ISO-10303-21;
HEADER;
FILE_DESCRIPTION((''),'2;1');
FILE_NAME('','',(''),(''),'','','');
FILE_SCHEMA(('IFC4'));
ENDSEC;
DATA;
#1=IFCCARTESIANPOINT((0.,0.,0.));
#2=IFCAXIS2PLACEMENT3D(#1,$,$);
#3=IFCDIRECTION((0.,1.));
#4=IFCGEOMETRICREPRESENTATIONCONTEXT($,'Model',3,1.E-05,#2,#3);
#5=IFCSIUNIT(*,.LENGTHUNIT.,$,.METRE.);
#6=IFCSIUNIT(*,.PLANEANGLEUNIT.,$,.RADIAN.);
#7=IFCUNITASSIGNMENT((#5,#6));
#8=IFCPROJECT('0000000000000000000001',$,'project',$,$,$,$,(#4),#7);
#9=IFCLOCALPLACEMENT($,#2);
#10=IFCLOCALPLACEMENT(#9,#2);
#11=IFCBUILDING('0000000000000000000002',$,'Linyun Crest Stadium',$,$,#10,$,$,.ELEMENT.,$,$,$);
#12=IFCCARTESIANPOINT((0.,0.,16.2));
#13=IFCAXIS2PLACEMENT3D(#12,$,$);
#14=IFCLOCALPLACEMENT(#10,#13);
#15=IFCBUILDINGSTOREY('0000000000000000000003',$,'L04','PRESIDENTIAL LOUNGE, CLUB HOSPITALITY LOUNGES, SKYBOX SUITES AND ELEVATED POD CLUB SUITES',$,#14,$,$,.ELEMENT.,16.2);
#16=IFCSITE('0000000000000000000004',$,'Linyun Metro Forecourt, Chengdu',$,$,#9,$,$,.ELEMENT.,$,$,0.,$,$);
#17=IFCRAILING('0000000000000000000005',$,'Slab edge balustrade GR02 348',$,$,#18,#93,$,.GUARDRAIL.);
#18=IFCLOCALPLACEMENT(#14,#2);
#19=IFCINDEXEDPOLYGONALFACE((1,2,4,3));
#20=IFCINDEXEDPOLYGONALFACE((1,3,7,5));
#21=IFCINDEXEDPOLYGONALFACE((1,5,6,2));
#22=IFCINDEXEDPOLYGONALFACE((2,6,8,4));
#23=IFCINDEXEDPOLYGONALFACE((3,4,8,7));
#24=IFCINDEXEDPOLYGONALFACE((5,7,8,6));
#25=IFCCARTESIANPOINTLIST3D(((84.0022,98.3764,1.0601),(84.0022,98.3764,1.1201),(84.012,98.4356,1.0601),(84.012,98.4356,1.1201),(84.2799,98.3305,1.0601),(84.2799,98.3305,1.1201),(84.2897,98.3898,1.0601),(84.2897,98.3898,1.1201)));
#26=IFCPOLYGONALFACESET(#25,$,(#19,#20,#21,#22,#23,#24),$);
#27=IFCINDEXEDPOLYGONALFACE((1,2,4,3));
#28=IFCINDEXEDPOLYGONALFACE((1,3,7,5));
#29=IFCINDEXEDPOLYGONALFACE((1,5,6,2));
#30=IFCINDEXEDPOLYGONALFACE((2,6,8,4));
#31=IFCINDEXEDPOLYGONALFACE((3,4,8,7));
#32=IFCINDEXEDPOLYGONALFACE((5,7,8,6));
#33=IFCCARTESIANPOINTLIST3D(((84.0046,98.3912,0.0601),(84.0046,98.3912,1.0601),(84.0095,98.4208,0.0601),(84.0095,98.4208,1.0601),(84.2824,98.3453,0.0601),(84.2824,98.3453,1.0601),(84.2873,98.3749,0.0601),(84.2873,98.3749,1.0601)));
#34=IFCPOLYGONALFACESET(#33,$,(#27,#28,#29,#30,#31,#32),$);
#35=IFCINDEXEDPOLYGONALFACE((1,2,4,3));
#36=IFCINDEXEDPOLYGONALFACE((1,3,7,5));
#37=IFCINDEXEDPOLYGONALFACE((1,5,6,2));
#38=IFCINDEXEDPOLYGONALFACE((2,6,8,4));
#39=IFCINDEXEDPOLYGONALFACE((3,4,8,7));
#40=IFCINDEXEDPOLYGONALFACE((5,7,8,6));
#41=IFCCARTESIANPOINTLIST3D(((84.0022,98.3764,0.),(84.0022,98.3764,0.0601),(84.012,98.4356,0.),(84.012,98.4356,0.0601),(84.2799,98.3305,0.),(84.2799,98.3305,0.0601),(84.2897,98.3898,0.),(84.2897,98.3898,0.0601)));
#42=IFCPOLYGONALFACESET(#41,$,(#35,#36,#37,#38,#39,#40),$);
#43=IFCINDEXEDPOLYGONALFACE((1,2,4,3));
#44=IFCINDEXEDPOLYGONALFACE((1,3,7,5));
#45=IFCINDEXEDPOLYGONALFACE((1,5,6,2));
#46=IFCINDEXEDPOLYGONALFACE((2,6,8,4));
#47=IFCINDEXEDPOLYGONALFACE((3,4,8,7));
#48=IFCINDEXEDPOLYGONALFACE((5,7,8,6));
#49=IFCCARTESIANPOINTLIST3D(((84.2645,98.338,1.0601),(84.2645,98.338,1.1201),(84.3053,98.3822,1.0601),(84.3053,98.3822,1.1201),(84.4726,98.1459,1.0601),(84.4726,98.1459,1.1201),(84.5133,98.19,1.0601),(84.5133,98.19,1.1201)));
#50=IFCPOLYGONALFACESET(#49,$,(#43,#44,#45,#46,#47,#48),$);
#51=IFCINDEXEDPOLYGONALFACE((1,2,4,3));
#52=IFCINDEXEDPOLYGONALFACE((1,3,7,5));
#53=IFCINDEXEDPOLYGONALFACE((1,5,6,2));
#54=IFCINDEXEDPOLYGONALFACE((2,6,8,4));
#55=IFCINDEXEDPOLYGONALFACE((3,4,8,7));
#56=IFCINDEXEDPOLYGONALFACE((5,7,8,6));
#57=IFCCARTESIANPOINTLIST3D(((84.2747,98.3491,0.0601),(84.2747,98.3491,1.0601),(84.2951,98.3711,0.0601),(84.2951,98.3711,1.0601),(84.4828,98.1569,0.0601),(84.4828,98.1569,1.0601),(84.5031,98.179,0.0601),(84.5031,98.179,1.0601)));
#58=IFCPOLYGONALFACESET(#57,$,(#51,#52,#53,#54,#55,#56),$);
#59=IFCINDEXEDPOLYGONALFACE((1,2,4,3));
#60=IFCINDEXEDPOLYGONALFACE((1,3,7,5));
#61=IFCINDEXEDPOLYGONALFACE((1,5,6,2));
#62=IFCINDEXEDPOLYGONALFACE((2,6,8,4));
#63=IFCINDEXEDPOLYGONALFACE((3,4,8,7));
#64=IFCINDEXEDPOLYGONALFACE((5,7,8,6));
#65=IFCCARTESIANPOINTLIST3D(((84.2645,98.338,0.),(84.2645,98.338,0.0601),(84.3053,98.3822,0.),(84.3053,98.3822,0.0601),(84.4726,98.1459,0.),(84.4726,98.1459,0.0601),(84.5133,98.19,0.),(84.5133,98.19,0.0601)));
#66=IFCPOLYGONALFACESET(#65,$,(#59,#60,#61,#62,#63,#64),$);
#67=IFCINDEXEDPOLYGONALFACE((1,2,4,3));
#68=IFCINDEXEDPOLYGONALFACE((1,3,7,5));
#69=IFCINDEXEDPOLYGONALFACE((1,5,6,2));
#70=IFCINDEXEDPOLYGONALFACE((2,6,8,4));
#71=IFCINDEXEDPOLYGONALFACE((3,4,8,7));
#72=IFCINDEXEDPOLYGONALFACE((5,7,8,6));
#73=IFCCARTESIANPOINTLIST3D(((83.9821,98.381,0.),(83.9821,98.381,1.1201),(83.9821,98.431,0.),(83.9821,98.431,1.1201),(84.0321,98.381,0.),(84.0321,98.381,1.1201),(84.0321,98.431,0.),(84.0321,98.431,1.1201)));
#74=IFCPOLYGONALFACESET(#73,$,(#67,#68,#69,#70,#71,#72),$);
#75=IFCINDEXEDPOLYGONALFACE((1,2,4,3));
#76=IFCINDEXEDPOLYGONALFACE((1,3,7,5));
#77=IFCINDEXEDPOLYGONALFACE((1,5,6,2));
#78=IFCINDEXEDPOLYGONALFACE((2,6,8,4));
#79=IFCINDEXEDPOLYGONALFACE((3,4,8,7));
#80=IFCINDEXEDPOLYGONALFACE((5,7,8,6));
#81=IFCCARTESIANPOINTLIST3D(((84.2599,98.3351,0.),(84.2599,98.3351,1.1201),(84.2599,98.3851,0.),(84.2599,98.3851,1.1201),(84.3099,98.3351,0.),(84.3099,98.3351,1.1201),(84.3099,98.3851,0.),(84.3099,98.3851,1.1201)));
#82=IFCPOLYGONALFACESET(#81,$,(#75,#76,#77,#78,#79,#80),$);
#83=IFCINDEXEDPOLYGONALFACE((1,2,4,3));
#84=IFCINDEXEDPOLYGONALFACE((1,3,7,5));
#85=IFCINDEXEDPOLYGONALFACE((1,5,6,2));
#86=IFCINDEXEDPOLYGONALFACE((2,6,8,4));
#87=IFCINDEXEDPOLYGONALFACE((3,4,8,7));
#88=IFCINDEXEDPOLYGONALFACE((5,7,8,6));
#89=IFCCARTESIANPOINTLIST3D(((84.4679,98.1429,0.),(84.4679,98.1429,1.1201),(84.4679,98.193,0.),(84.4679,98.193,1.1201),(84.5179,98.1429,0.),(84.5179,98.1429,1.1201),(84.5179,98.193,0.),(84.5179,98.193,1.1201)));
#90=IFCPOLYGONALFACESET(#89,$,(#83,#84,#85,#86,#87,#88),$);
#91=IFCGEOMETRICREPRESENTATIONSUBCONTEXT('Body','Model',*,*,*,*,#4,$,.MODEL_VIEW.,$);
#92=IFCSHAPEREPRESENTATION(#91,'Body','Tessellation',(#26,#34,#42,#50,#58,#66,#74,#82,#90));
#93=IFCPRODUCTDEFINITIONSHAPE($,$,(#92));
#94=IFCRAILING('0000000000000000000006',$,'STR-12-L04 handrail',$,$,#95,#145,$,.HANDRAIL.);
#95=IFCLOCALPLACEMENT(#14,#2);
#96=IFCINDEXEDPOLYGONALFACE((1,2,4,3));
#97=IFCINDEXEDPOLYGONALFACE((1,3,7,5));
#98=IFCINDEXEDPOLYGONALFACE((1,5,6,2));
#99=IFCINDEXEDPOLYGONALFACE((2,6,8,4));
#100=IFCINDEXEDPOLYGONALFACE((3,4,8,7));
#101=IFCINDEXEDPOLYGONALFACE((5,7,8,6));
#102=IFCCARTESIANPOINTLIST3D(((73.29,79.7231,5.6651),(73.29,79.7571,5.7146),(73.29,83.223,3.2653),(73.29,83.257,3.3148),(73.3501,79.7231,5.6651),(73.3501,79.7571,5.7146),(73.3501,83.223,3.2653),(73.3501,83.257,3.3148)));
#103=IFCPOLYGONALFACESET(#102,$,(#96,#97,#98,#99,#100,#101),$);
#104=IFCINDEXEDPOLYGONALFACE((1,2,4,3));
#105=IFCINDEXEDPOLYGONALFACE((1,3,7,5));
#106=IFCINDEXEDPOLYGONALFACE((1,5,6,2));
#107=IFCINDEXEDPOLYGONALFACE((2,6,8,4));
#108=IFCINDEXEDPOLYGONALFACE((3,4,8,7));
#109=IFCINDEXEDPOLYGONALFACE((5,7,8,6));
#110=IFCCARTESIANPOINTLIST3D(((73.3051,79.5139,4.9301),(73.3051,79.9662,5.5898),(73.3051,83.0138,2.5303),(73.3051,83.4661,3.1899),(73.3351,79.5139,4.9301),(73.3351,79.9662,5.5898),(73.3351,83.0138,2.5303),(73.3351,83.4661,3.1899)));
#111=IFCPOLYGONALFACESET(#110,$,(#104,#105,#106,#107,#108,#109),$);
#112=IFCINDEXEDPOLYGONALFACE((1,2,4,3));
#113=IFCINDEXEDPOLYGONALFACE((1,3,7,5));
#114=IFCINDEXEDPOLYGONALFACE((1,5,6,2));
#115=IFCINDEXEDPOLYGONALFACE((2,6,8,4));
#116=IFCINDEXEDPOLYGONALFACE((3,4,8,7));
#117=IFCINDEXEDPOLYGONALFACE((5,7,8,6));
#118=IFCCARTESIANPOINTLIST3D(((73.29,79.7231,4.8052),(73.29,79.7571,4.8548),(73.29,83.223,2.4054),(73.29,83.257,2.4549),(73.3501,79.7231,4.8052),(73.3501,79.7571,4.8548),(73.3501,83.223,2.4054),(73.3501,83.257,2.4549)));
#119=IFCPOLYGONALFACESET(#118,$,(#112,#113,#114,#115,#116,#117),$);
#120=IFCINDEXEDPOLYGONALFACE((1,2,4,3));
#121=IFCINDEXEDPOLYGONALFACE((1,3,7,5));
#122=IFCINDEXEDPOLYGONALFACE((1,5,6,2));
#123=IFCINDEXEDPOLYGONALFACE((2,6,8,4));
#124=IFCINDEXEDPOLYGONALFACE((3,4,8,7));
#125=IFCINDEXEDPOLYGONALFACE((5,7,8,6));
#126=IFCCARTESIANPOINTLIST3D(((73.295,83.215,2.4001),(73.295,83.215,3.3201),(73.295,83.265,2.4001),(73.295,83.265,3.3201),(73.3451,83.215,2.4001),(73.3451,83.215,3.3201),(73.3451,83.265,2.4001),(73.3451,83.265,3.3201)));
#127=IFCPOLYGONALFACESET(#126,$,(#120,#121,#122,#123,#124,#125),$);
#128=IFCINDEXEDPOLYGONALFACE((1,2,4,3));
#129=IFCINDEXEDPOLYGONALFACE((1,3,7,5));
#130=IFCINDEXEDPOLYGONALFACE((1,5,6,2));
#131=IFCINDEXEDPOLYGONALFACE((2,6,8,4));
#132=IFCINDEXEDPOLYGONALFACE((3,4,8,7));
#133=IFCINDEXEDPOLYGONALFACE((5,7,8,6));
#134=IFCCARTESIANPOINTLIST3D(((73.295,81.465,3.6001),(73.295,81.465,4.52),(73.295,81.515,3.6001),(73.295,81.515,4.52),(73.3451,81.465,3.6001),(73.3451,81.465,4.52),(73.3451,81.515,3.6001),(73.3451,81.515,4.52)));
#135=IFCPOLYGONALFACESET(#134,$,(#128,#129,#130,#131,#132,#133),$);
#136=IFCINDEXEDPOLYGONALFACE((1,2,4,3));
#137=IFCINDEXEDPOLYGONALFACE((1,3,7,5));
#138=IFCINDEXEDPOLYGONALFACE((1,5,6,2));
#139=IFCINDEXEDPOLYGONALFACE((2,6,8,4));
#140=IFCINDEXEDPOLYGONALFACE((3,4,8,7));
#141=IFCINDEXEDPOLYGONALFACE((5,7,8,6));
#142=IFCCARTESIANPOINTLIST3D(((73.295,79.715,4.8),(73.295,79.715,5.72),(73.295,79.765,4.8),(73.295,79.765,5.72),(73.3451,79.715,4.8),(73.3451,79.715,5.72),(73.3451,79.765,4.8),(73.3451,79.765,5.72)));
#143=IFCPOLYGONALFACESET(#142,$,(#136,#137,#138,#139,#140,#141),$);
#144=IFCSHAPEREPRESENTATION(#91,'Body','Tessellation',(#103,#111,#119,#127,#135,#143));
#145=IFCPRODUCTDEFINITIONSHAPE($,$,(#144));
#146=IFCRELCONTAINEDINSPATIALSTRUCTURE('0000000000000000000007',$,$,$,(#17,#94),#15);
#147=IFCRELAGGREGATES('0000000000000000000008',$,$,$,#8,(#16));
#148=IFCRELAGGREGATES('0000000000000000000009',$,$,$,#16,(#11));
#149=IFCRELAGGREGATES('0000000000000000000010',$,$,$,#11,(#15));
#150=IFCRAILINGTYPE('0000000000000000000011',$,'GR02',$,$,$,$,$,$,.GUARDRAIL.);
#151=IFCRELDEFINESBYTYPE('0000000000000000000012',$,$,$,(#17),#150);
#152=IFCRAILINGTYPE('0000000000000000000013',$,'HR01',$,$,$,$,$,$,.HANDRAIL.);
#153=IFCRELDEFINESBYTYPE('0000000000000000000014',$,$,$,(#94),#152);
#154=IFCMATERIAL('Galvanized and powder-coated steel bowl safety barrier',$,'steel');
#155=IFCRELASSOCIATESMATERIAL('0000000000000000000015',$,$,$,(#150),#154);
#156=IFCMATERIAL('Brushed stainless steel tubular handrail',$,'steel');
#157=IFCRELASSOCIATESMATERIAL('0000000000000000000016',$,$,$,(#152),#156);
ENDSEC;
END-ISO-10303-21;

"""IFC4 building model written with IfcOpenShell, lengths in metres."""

from ifc_helpers import new_model, si_unit, direction, frame, origin, origin_2d, place, context, subcontext, project, spatial, rectangle, extrude, material, type_object, element, save


model = new_model("IFC4")

# Units and contexts
model_context = context("Model", 3, precision=1e-05, world=origin(), true_north=direction((0.0, 1.0)))
body_context = subcontext(model_context, "Body", "Model", "MODEL_VIEW")
ifc_project = project(units=[si_unit("LENGTHUNIT", "METRE"), si_unit("PLANEANGLEUNIT", "RADIAN")], contexts=[model_context])

# Site, building, storey
site_placement = place(None, origin())
site = spatial("IfcSite", under=ifc_project, at=site_placement, Name="Linyun Metro Forecourt, Chengdu", CompositionType="ELEMENT", RefElevation=0.0)
building_placement = place(site_placement, origin())
building = spatial("IfcBuilding", under=site, at=building_placement, Name="Linyun Crest Stadium", CompositionType="ELEMENT")
storey_placement = place(building_placement, frame((0.0, 0.0, 16.2)))
storey = spatial("IfcBuildingStorey", under=building, at=storey_placement, Name="L04", Description="PRESIDENTIAL LOUNGE, CLUB HOSPITALITY LOUNGES, SKYBOX SUITES AND ELEVATED POD CLUB SUITES", CompositionType="ELEMENT", Elevation=16.2)

# Railings
ifc_material_1 = material(Name="Galvanized and powder-coated steel bowl safety barrier", Category="steel")
railing_type_1 = type_object("IfcRailingType", Name="GR02", PredefinedType="GUARDRAIL", material=ifc_material_1)
railing_1_placement = place(storey_placement, frame((84.0071, 98.406, 0.0)))
element("IfcRailing", 1, at=railing_1_placement, inside=storey, type_object=railing_type_1, Name="Slab edge balustrade GR02 348", PredefinedType="GUARDRAIL", context=body_context, shape_type="SweptSolid", body=[
    extrude(rectangle(XDim=0.0601, YDim=0.0601, at=origin_2d()), frame((0.0, 0.0, 1.0901), z_axis=(0.986627, -0.162993, 0.0), x_axis=(0.162993, 0.986627, 0.0)), (0.0, 0.0, 1.0), 0.2815),
    extrude(rectangle(XDim=0.03, YDim=1.0, at=origin_2d()), frame((0.0, 0.0, 0.5601), z_axis=(0.986627, -0.162993, 0.0), x_axis=(0.162993, 0.986627, 0.0)), (0.0, 0.0, 1.0), 0.2815),
    extrude(rectangle(XDim=0.0601, YDim=0.0601, at=origin_2d()), frame((0.0, 0.0, 0.03), z_axis=(0.986627, -0.162993, 0.0), x_axis=(0.162993, 0.986627, 0.0)), (0.0, 0.0, 1.0), 0.2815),
    extrude(rectangle(XDim=0.0601, YDim=0.0601, at=origin_2d()), frame((0.2778, -0.0459, 1.0901), z_axis=(0.734572, -0.678531, 0.0), x_axis=(0.678531, 0.734572, 0.0)), (0.0, 0.0, 1.0), 0.2832),
    extrude(rectangle(XDim=0.03, YDim=1.0, at=origin_2d()), frame((0.2778, -0.0459, 0.5601), z_axis=(0.734572, -0.678531, 0.0), x_axis=(0.678531, 0.734572, 0.0)), (0.0, 0.0, 1.0), 0.2832),
    extrude(rectangle(XDim=0.0601, YDim=0.0601, at=origin_2d()), frame((0.2778, -0.0459, 0.03), z_axis=(0.734572, -0.678531, 0.0), x_axis=(0.678531, 0.734572, 0.0)), (0.0, 0.0, 1.0), 0.2832),
    extrude(rectangle(XDim=0.05, YDim=0.05, at=origin_2d()), origin(), (0.0, 0.0, 1.0), 1.1201),
    extrude(rectangle(XDim=0.05, YDim=0.05, at=origin_2d()), frame((0.2778, -0.0459, 0.0)), (0.0, 0.0, 1.0), 1.1201),
    extrude(rectangle(XDim=0.05, YDim=0.05, at=origin_2d()), frame((0.4858, -0.238, 0.0)), (0.0, 0.0, 1.0), 1.1201),
])
ifc_material_2 = material(Name="Brushed stainless steel tubular handrail", Category="steel")
railing_type_2 = type_object("IfcRailingType", Name="HR01", PredefinedType="HANDRAIL", material=ifc_material_2)
railing_2_placement = place(storey_placement, frame((73.3201, 83.24, 2.4001)))
element("IfcRailing", 2, at=railing_2_placement, inside=storey, type_object=railing_type_2, Name="STR-12-L04 handrail", PredefinedType="HANDRAIL", context=body_context, shape_type="SweptSolid", body=[
    extrude(rectangle(XDim=0.0601, YDim=0.0601, at=origin_2d()), frame((0.0, 0.0, 0.8899), z_axis=(0.0, -0.82474, 0.565513), x_axis=(1.0, 0.0, 0.0)), (0.0, 0.0, 1.0), 4.2437),
    extrude(rectangle(XDim=0.03, YDim=0.7998, at=origin_2d()), frame((0.0, 0.0, 0.46), z_axis=(0.0, -0.82474, 0.565513), x_axis=(1.0, 0.0, 0.0)), (0.0, 0.0, 1.0), 4.2437),
    extrude(rectangle(XDim=0.0601, YDim=0.0601, at=origin_2d()), frame((0.0, 0.0, 0.03), z_axis=(0.0, -0.82474, 0.565513), x_axis=(1.0, 0.0, 0.0)), (0.0, 0.0, 1.0), 4.2437),
    extrude(rectangle(XDim=0.05, YDim=0.05, at=origin_2d()), origin(), (0.0, 0.0, 1.0), 0.9199),
    extrude(rectangle(XDim=0.05, YDim=0.05, at=origin_2d()), frame((0.0, -1.75, 1.2)), (0.0, 0.0, 1.0), 0.9199),
    extrude(rectangle(XDim=0.05, YDim=0.05, at=origin_2d()), frame((0.0, -3.5, 2.3999)), (0.0, 0.0, 1.0), 0.9199),
])

save(model, "model.ifc")
